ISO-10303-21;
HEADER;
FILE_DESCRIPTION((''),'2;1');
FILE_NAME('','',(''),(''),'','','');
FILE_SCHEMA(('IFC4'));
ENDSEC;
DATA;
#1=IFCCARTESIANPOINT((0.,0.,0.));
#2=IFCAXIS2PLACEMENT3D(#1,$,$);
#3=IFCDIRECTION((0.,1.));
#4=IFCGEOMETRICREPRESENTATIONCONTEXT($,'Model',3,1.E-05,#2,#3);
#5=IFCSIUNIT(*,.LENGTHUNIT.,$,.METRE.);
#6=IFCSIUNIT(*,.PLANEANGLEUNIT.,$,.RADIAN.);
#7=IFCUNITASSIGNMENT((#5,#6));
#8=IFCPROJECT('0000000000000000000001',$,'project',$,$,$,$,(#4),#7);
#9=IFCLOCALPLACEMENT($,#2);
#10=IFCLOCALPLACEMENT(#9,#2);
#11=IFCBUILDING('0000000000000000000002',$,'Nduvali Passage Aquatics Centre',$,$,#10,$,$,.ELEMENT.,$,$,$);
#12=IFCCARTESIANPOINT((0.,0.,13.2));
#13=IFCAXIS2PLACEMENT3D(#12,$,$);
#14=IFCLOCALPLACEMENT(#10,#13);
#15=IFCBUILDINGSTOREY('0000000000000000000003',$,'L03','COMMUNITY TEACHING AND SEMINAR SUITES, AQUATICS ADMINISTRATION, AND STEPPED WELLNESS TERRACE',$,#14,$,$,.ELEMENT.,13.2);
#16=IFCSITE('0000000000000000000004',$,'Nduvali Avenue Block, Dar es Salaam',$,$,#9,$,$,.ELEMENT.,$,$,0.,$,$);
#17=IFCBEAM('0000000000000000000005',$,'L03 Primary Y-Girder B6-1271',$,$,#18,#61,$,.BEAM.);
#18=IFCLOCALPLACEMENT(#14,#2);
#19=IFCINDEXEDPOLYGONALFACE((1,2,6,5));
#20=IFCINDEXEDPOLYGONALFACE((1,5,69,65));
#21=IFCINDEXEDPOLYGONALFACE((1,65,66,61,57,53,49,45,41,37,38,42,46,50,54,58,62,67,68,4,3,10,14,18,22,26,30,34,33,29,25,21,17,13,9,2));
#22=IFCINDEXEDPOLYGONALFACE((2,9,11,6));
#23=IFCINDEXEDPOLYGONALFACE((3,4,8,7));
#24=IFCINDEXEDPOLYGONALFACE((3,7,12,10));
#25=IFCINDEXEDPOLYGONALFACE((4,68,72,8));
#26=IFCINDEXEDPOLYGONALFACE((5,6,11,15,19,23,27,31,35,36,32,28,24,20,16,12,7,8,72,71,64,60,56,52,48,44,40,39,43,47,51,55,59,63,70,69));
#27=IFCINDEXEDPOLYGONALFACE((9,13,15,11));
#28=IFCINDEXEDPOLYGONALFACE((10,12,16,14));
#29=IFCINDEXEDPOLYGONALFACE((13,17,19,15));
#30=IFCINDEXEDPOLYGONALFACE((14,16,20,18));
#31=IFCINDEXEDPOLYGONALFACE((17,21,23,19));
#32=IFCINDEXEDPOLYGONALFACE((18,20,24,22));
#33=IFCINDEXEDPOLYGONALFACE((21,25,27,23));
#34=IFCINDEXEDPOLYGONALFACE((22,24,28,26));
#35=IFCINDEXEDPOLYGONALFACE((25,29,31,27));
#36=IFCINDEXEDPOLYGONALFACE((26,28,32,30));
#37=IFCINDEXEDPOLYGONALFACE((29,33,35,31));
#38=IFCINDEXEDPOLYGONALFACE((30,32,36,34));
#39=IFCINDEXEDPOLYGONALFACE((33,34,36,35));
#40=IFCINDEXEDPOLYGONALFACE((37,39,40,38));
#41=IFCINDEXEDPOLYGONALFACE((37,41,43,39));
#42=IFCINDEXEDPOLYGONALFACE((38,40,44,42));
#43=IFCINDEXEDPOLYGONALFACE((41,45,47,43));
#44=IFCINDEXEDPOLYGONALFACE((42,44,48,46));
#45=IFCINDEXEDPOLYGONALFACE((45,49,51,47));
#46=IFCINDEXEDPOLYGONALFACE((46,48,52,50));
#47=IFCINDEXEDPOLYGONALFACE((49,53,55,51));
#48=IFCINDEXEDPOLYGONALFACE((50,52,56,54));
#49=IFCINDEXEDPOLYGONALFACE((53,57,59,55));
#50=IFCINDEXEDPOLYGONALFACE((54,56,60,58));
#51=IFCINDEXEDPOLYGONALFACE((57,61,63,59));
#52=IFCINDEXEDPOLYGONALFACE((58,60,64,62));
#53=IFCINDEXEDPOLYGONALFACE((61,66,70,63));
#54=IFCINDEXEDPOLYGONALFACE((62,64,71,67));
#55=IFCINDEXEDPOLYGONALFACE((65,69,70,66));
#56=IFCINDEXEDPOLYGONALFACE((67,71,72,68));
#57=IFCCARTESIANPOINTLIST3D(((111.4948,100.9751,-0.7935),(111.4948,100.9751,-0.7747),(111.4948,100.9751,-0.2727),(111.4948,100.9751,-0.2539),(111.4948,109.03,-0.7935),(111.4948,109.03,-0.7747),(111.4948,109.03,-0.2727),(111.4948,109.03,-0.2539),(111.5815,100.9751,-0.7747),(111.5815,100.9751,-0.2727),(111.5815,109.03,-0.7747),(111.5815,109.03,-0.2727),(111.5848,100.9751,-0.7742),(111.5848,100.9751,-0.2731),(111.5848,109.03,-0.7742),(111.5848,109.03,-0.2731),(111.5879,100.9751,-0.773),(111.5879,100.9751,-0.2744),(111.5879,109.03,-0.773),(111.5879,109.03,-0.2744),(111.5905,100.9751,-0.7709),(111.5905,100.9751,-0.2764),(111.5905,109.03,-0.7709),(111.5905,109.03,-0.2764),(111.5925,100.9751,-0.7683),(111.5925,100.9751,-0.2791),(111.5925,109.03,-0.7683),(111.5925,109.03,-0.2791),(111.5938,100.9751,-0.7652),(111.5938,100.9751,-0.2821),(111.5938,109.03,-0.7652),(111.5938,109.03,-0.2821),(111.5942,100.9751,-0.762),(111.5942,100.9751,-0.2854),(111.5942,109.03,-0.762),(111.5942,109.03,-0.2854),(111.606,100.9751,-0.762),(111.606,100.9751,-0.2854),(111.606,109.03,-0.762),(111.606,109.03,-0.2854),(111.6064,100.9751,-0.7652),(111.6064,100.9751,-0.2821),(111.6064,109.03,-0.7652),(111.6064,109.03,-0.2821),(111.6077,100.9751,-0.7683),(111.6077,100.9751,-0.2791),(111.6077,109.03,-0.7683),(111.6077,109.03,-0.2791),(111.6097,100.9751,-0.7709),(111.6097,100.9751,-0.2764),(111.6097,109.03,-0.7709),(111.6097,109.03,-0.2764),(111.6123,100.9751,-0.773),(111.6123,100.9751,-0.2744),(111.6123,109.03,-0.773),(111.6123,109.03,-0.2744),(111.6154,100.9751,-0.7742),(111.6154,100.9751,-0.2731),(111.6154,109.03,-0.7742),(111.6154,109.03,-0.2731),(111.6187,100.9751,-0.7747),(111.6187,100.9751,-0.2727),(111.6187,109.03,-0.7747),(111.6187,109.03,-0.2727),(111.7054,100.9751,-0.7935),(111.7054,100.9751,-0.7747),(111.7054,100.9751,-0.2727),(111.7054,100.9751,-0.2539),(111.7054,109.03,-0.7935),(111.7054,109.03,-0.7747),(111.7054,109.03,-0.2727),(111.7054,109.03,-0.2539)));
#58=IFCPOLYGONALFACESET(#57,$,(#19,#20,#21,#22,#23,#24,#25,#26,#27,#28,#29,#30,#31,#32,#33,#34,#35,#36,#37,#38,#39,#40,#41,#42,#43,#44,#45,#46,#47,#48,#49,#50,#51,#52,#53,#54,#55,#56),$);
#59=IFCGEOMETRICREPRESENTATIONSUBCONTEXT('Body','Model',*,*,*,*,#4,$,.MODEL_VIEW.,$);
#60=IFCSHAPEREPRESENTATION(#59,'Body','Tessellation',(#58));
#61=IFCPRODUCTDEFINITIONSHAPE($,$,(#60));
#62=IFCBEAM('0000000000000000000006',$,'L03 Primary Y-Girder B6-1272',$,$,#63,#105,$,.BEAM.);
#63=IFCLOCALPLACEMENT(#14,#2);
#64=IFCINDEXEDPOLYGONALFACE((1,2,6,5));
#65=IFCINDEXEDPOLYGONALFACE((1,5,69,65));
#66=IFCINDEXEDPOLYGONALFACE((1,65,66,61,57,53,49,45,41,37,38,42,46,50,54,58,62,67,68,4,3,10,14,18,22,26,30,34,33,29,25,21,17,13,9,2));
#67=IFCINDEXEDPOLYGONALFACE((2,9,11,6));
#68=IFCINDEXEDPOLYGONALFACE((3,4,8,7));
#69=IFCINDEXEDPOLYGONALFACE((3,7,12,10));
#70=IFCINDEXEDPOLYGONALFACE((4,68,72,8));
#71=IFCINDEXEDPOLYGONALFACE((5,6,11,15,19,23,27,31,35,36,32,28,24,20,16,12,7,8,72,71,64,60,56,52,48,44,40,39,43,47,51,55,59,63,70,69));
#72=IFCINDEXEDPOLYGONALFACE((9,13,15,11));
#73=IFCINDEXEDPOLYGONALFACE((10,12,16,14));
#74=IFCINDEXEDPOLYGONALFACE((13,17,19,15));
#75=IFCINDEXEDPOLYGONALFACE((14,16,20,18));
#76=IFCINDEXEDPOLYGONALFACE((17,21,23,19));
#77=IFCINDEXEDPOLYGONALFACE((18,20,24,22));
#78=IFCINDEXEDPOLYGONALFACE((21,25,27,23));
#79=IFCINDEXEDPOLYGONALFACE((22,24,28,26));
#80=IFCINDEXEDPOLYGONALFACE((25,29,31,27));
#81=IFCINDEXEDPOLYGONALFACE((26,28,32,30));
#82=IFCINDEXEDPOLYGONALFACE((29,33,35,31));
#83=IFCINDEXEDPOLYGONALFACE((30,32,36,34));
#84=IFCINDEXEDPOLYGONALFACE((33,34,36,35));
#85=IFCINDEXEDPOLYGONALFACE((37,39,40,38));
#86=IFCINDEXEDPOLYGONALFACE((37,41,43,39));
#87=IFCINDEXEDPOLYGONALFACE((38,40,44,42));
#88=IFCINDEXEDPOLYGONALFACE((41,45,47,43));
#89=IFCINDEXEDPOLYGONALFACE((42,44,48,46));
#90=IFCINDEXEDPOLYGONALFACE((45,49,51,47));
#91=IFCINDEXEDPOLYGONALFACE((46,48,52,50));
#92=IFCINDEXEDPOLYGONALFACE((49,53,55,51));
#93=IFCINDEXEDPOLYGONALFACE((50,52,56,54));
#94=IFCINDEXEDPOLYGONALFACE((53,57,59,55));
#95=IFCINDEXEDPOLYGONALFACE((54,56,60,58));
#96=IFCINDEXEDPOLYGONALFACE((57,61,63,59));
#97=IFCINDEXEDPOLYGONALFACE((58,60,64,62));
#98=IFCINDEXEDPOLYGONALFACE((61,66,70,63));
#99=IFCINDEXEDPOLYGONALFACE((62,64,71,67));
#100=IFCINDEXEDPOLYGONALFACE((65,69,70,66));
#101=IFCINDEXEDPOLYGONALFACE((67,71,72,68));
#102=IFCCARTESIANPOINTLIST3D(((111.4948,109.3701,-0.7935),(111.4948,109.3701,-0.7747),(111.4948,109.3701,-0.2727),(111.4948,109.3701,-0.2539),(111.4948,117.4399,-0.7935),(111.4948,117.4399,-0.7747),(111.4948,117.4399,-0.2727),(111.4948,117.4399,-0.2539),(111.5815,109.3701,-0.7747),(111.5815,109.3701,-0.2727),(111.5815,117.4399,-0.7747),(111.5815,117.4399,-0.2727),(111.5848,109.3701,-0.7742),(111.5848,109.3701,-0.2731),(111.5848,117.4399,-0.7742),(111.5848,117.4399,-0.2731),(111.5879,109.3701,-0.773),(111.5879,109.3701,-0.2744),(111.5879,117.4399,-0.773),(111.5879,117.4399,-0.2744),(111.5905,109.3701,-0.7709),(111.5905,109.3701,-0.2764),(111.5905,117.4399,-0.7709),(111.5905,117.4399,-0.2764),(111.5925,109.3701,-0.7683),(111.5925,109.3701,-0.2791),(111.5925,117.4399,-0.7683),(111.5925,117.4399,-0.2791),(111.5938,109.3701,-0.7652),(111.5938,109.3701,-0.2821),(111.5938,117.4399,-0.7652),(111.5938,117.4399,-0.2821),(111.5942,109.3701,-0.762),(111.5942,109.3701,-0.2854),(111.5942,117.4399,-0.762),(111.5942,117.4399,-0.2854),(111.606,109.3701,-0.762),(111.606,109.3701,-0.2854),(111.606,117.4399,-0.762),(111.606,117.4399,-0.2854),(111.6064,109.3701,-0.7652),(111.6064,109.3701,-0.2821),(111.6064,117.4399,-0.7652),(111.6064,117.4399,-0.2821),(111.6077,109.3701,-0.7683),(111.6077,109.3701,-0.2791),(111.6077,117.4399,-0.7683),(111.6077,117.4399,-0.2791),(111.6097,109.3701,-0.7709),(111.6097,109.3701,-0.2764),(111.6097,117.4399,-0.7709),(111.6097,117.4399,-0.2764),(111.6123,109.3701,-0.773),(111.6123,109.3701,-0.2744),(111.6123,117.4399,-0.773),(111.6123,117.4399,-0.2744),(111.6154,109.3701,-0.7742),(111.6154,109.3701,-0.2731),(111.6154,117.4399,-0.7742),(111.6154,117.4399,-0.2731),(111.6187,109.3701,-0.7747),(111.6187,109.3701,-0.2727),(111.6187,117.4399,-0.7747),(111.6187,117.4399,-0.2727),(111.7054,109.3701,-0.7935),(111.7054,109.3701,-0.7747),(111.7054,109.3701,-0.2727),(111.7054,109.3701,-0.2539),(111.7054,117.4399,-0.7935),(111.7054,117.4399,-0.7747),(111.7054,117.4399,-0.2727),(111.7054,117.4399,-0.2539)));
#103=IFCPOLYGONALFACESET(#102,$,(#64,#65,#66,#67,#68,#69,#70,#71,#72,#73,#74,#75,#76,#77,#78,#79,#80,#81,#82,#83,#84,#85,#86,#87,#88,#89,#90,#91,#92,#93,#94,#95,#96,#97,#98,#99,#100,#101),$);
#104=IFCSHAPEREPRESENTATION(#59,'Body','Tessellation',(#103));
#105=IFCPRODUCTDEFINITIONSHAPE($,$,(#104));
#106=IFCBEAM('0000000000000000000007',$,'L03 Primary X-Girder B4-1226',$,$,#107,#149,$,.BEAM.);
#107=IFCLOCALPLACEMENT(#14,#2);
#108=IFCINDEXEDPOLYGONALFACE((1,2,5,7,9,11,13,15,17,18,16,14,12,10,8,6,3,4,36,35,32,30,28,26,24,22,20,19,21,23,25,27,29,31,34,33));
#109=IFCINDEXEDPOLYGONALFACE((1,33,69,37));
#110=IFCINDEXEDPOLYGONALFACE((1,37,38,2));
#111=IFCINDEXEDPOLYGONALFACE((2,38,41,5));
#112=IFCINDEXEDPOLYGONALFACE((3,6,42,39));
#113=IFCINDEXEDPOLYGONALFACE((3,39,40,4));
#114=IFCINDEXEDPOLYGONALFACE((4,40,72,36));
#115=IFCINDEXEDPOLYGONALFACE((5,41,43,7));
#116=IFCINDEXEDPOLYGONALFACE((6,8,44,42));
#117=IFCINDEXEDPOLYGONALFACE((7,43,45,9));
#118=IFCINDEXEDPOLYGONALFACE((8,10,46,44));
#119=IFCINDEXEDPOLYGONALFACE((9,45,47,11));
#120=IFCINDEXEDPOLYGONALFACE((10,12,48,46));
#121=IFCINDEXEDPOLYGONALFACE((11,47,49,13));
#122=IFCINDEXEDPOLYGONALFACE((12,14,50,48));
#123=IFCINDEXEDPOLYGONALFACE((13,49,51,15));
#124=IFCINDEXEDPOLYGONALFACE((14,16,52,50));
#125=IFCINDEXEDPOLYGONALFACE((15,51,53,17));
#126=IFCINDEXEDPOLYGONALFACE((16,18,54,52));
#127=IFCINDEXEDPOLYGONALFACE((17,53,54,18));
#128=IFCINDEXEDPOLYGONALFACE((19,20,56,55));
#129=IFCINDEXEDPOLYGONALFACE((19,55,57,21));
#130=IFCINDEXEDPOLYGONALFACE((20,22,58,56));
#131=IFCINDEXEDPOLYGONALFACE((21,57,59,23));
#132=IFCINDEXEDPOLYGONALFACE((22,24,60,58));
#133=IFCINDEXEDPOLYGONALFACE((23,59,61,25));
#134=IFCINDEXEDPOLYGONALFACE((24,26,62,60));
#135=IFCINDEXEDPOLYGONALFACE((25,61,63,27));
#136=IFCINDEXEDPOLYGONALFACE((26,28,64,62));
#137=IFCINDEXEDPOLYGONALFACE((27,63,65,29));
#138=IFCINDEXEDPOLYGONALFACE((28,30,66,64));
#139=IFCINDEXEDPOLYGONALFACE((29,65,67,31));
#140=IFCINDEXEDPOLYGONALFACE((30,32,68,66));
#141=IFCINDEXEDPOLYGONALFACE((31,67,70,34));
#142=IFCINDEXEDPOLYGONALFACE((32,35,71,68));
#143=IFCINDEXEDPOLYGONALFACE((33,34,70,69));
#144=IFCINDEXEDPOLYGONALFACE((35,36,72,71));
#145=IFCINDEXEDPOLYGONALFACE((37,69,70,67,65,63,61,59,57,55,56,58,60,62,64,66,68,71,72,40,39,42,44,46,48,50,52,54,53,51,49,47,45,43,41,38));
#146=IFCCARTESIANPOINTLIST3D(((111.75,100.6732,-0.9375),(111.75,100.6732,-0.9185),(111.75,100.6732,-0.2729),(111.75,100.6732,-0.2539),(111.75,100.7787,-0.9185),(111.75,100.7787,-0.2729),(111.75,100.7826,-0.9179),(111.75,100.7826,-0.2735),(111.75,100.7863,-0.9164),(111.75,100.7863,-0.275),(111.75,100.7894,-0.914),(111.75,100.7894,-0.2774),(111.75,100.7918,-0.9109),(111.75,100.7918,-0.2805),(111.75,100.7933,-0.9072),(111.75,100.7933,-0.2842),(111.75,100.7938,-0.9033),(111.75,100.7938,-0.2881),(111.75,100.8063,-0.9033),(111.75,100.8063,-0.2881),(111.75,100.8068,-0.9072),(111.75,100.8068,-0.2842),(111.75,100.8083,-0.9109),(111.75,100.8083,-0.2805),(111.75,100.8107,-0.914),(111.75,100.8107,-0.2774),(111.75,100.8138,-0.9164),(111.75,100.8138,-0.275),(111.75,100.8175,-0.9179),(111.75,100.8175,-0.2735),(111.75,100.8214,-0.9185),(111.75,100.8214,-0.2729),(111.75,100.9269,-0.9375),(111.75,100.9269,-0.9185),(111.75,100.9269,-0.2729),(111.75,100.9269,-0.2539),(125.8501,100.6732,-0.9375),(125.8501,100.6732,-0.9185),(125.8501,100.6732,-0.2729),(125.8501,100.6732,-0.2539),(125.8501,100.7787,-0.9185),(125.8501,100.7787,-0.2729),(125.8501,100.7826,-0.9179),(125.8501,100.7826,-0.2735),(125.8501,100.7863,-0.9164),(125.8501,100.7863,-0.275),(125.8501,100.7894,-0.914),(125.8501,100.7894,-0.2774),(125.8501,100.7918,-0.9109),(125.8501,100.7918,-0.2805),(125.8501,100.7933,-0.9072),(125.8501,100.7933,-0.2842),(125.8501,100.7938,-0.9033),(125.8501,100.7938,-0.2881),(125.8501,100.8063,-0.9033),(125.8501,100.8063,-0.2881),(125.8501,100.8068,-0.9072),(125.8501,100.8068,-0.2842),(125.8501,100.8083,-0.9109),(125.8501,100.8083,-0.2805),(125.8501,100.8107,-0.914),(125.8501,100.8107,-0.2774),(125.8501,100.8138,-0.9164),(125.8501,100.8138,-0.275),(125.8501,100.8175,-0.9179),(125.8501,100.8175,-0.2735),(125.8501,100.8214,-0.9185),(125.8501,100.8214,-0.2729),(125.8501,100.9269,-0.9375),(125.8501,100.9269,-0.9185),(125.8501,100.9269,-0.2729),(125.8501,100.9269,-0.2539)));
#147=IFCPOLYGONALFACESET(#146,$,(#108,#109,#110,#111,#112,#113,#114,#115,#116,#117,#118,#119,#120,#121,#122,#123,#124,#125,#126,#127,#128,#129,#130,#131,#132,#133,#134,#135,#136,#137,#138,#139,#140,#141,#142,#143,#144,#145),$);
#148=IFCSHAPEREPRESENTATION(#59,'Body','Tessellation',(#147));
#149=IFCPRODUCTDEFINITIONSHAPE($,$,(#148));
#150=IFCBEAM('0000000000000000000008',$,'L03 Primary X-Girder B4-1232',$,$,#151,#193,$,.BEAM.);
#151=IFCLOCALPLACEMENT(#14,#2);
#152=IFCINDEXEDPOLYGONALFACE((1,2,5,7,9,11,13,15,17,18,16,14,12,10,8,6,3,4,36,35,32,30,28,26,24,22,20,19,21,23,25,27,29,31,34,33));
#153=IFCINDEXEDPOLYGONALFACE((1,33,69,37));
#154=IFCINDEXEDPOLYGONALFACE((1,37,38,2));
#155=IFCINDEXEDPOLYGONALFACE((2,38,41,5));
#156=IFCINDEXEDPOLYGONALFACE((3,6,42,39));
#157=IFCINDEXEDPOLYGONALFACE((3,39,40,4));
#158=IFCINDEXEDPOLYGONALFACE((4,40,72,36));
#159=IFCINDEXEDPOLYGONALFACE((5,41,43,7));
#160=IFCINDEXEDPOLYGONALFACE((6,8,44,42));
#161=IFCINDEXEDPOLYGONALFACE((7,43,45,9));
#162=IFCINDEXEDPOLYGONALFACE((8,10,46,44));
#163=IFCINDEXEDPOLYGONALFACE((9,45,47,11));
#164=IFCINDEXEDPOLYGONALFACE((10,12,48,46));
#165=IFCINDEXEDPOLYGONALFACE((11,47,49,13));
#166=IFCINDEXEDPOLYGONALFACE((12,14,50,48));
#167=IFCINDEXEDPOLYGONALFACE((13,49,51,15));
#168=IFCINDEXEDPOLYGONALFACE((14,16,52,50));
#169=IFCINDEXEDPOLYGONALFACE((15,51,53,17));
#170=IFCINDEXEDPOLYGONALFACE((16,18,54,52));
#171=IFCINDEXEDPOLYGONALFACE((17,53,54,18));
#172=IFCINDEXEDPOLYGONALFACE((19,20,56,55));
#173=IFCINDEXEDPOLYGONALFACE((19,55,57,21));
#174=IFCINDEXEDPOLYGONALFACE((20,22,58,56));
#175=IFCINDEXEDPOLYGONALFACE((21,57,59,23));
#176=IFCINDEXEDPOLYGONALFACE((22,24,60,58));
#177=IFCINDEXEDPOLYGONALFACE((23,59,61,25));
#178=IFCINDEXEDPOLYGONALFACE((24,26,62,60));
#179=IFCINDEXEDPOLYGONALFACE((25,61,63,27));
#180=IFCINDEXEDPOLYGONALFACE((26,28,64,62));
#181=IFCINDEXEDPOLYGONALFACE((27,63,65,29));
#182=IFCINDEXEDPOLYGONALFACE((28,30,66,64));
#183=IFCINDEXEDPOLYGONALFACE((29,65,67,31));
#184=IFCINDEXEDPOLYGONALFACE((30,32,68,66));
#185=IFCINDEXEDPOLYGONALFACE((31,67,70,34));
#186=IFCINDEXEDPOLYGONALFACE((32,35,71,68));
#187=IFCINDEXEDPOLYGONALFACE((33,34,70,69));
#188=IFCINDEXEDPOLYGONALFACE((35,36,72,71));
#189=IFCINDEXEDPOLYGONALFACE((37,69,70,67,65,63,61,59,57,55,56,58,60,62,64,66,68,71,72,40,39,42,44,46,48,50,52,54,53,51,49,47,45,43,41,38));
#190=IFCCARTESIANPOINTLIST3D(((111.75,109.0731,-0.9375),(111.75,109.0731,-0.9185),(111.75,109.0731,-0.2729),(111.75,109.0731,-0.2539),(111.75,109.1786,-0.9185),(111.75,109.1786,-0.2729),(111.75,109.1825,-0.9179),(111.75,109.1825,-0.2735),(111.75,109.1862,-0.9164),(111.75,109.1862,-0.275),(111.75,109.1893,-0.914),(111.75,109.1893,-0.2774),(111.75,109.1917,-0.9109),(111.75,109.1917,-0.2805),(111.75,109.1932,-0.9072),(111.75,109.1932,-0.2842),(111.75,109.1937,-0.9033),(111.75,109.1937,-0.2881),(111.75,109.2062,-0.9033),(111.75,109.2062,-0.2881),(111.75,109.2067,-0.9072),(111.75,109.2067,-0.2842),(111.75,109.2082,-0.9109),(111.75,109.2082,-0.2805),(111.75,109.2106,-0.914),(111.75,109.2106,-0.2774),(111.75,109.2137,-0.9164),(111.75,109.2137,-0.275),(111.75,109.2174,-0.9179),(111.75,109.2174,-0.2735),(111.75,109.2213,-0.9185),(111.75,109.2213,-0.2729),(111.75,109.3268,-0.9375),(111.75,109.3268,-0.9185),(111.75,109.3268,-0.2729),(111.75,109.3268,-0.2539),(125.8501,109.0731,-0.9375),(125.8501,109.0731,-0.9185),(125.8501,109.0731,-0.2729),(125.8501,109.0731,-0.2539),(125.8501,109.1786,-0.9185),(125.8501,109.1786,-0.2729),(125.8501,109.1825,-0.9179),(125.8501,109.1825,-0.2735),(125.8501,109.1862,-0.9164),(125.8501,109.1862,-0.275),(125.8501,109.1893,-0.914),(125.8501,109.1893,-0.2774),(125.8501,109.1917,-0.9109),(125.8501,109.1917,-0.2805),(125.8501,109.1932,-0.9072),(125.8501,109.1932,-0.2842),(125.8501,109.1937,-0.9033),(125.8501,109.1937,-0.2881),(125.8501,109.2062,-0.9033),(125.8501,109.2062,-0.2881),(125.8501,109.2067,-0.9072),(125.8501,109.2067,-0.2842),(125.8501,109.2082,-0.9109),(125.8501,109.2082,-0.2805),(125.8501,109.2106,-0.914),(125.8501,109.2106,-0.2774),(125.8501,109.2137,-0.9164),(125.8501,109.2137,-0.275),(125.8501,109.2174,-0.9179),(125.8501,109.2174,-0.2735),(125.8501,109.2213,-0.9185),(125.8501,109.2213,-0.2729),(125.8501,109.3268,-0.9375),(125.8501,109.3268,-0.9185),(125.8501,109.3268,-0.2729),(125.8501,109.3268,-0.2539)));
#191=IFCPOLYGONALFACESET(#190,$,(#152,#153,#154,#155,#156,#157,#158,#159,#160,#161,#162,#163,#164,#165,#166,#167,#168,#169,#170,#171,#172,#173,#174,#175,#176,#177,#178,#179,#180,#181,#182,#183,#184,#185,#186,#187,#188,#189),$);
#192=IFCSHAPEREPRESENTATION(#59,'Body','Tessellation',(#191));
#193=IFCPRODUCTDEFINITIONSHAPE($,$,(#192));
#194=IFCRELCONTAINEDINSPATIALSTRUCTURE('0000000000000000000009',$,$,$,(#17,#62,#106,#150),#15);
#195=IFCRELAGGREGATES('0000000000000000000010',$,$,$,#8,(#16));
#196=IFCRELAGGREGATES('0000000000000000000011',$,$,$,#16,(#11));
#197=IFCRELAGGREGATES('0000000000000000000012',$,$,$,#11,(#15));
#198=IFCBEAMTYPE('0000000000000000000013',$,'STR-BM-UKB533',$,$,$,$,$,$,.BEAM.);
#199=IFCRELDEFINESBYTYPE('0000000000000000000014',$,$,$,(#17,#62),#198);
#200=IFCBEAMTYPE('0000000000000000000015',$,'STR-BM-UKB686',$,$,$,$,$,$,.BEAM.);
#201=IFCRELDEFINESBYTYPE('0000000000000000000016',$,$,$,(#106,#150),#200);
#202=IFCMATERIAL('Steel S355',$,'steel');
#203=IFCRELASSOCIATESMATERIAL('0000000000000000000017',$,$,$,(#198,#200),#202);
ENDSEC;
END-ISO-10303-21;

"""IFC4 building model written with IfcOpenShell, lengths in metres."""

from ifc_helpers import new_model, si_unit, direction, frame, origin, origin_2d, place, context, subcontext, project, spatial, i_section, extrude, material, material_profile, profile_set, type_object, element, save


model = new_model("IFC4")

# Units and contexts
model_context = context("Model", 3, precision=1e-05, world=origin(), true_north=direction((0.0, 1.0)))
body_context = subcontext(model_context, "Body", "Model", "MODEL_VIEW")
ifc_project = project(units=[si_unit("LENGTHUNIT", "METRE"), si_unit("PLANEANGLEUNIT", "RADIAN")], contexts=[model_context])

# Site, building, storey
site_placement = place(None, origin())
site = spatial("IfcSite", under=ifc_project, at=site_placement, Name="Nduvali Avenue Block, Dar es Salaam", CompositionType="ELEMENT", RefElevation=0.0)
building_placement = place(site_placement, origin())
building = spatial("IfcBuilding", under=site, at=building_placement, Name="Nduvali Passage Aquatics Centre", CompositionType="ELEMENT")
storey_placement = place(building_placement, frame((0.0, 0.0, 13.2)))
storey = spatial("IfcBuildingStorey", under=building, at=storey_placement, Name="L03", Description="COMMUNITY TEACHING AND SEMINAR SUITES, AQUATICS ADMINISTRATION, AND STEPPED WELLNESS TERRACE", CompositionType="ELEMENT", Elevation=13.2)

# Shared definitions
ifc_material_1 = material(Name="Steel S355", Category="steel")

# Beams
ifc_material_profile_1 = material_profile(ifc_material_1, i_section(OverallWidth=0.2107, OverallDepth=0.5396, WebThickness=0.0117, FlangeThickness=0.0188, FilletRadius=0.0127, at=origin_2d()), Name="UKB 533x210x109")
ifc_profile_set_1 = profile_set([ifc_material_profile_1], Name="Steel S355")
beam_type_1 = type_object("IfcBeamType", Name="STR-BM-UKB533", PredefinedType="BEAM", material=ifc_profile_set_1)
beam_1_placement = place(storey_placement, frame((111.6001, 100.9751, -0.5237), z_axis=(0.0, 1.0, 0.0), x_axis=(-1.0, 0.0, 0.0)))
element("IfcBeam", 1, at=beam_1_placement, inside=storey, type_object=beam_type_1, Name="L03 Primary Y-Girder B6-1271", PredefinedType="BEAM", context=body_context, shape_type="SweptSolid", body=[
    extrude(i_section(OverallWidth=0.2107, OverallDepth=0.5396, WebThickness=0.0117, FlangeThickness=0.0188, FilletRadius=0.0127, at=origin_2d()), origin(), (0.0, 0.0, 1.0), 8.0549),
])
beam_2_placement = place(storey_placement, frame((111.6001, 109.3701, -0.5237), z_axis=(0.0, 1.0, 0.0), x_axis=(-1.0, 0.0, 0.0)))
element("IfcBeam", 2, at=beam_2_placement, inside=storey, type_object=beam_type_1, Name="L03 Primary Y-Girder B6-1272", PredefinedType="BEAM", context=body_context, shape_type="SweptSolid", body=[
    extrude(i_section(OverallWidth=0.2107, OverallDepth=0.5396, WebThickness=0.0117, FlangeThickness=0.0188, FilletRadius=0.0127, at=origin_2d()), origin(), (0.0, 0.0, 1.0), 8.0698),
])
ifc_material_profile_2 = material_profile(ifc_material_1, i_section(OverallWidth=0.2537, OverallDepth=0.6836, WebThickness=0.0125, FlangeThickness=0.019, FilletRadius=0.0151, at=origin_2d()), Name="UKB 686x254x140")
ifc_profile_set_2 = profile_set([ifc_material_profile_2], Name="Steel S355")
beam_type_2 = type_object("IfcBeamType", Name="STR-BM-UKB686", PredefinedType="BEAM", material=ifc_profile_set_2)
for number, where, z_axis, x_axis, name in (
    (3, (111.75, 100.8, -0.5957), (1.0, 0.0, 0.0), (0.0, 1.0, 0.0), "L03 Primary X-Girder B4-1226"),
    (4, (111.75, 109.2, -0.5957), (1.0, 0.0, 0.0), (0.0, 1.0, 0.0), "L03 Primary X-Girder B4-1232"),
):
    element("IfcBeam", number, at=place(storey_placement, frame(where, z_axis=z_axis, x_axis=x_axis)), inside=storey, type_object=beam_type_2, Name=name, PredefinedType="BEAM", context=body_context, shape_type="SweptSolid", body=[
        extrude(i_section(OverallWidth=0.2537, OverallDepth=0.6836, WebThickness=0.0125, FlangeThickness=0.019, FilletRadius=0.0151, at=origin_2d()), origin(), (0.0, 0.0, 1.0), 14.1001),
    ])

save(model, "model.ifc")
